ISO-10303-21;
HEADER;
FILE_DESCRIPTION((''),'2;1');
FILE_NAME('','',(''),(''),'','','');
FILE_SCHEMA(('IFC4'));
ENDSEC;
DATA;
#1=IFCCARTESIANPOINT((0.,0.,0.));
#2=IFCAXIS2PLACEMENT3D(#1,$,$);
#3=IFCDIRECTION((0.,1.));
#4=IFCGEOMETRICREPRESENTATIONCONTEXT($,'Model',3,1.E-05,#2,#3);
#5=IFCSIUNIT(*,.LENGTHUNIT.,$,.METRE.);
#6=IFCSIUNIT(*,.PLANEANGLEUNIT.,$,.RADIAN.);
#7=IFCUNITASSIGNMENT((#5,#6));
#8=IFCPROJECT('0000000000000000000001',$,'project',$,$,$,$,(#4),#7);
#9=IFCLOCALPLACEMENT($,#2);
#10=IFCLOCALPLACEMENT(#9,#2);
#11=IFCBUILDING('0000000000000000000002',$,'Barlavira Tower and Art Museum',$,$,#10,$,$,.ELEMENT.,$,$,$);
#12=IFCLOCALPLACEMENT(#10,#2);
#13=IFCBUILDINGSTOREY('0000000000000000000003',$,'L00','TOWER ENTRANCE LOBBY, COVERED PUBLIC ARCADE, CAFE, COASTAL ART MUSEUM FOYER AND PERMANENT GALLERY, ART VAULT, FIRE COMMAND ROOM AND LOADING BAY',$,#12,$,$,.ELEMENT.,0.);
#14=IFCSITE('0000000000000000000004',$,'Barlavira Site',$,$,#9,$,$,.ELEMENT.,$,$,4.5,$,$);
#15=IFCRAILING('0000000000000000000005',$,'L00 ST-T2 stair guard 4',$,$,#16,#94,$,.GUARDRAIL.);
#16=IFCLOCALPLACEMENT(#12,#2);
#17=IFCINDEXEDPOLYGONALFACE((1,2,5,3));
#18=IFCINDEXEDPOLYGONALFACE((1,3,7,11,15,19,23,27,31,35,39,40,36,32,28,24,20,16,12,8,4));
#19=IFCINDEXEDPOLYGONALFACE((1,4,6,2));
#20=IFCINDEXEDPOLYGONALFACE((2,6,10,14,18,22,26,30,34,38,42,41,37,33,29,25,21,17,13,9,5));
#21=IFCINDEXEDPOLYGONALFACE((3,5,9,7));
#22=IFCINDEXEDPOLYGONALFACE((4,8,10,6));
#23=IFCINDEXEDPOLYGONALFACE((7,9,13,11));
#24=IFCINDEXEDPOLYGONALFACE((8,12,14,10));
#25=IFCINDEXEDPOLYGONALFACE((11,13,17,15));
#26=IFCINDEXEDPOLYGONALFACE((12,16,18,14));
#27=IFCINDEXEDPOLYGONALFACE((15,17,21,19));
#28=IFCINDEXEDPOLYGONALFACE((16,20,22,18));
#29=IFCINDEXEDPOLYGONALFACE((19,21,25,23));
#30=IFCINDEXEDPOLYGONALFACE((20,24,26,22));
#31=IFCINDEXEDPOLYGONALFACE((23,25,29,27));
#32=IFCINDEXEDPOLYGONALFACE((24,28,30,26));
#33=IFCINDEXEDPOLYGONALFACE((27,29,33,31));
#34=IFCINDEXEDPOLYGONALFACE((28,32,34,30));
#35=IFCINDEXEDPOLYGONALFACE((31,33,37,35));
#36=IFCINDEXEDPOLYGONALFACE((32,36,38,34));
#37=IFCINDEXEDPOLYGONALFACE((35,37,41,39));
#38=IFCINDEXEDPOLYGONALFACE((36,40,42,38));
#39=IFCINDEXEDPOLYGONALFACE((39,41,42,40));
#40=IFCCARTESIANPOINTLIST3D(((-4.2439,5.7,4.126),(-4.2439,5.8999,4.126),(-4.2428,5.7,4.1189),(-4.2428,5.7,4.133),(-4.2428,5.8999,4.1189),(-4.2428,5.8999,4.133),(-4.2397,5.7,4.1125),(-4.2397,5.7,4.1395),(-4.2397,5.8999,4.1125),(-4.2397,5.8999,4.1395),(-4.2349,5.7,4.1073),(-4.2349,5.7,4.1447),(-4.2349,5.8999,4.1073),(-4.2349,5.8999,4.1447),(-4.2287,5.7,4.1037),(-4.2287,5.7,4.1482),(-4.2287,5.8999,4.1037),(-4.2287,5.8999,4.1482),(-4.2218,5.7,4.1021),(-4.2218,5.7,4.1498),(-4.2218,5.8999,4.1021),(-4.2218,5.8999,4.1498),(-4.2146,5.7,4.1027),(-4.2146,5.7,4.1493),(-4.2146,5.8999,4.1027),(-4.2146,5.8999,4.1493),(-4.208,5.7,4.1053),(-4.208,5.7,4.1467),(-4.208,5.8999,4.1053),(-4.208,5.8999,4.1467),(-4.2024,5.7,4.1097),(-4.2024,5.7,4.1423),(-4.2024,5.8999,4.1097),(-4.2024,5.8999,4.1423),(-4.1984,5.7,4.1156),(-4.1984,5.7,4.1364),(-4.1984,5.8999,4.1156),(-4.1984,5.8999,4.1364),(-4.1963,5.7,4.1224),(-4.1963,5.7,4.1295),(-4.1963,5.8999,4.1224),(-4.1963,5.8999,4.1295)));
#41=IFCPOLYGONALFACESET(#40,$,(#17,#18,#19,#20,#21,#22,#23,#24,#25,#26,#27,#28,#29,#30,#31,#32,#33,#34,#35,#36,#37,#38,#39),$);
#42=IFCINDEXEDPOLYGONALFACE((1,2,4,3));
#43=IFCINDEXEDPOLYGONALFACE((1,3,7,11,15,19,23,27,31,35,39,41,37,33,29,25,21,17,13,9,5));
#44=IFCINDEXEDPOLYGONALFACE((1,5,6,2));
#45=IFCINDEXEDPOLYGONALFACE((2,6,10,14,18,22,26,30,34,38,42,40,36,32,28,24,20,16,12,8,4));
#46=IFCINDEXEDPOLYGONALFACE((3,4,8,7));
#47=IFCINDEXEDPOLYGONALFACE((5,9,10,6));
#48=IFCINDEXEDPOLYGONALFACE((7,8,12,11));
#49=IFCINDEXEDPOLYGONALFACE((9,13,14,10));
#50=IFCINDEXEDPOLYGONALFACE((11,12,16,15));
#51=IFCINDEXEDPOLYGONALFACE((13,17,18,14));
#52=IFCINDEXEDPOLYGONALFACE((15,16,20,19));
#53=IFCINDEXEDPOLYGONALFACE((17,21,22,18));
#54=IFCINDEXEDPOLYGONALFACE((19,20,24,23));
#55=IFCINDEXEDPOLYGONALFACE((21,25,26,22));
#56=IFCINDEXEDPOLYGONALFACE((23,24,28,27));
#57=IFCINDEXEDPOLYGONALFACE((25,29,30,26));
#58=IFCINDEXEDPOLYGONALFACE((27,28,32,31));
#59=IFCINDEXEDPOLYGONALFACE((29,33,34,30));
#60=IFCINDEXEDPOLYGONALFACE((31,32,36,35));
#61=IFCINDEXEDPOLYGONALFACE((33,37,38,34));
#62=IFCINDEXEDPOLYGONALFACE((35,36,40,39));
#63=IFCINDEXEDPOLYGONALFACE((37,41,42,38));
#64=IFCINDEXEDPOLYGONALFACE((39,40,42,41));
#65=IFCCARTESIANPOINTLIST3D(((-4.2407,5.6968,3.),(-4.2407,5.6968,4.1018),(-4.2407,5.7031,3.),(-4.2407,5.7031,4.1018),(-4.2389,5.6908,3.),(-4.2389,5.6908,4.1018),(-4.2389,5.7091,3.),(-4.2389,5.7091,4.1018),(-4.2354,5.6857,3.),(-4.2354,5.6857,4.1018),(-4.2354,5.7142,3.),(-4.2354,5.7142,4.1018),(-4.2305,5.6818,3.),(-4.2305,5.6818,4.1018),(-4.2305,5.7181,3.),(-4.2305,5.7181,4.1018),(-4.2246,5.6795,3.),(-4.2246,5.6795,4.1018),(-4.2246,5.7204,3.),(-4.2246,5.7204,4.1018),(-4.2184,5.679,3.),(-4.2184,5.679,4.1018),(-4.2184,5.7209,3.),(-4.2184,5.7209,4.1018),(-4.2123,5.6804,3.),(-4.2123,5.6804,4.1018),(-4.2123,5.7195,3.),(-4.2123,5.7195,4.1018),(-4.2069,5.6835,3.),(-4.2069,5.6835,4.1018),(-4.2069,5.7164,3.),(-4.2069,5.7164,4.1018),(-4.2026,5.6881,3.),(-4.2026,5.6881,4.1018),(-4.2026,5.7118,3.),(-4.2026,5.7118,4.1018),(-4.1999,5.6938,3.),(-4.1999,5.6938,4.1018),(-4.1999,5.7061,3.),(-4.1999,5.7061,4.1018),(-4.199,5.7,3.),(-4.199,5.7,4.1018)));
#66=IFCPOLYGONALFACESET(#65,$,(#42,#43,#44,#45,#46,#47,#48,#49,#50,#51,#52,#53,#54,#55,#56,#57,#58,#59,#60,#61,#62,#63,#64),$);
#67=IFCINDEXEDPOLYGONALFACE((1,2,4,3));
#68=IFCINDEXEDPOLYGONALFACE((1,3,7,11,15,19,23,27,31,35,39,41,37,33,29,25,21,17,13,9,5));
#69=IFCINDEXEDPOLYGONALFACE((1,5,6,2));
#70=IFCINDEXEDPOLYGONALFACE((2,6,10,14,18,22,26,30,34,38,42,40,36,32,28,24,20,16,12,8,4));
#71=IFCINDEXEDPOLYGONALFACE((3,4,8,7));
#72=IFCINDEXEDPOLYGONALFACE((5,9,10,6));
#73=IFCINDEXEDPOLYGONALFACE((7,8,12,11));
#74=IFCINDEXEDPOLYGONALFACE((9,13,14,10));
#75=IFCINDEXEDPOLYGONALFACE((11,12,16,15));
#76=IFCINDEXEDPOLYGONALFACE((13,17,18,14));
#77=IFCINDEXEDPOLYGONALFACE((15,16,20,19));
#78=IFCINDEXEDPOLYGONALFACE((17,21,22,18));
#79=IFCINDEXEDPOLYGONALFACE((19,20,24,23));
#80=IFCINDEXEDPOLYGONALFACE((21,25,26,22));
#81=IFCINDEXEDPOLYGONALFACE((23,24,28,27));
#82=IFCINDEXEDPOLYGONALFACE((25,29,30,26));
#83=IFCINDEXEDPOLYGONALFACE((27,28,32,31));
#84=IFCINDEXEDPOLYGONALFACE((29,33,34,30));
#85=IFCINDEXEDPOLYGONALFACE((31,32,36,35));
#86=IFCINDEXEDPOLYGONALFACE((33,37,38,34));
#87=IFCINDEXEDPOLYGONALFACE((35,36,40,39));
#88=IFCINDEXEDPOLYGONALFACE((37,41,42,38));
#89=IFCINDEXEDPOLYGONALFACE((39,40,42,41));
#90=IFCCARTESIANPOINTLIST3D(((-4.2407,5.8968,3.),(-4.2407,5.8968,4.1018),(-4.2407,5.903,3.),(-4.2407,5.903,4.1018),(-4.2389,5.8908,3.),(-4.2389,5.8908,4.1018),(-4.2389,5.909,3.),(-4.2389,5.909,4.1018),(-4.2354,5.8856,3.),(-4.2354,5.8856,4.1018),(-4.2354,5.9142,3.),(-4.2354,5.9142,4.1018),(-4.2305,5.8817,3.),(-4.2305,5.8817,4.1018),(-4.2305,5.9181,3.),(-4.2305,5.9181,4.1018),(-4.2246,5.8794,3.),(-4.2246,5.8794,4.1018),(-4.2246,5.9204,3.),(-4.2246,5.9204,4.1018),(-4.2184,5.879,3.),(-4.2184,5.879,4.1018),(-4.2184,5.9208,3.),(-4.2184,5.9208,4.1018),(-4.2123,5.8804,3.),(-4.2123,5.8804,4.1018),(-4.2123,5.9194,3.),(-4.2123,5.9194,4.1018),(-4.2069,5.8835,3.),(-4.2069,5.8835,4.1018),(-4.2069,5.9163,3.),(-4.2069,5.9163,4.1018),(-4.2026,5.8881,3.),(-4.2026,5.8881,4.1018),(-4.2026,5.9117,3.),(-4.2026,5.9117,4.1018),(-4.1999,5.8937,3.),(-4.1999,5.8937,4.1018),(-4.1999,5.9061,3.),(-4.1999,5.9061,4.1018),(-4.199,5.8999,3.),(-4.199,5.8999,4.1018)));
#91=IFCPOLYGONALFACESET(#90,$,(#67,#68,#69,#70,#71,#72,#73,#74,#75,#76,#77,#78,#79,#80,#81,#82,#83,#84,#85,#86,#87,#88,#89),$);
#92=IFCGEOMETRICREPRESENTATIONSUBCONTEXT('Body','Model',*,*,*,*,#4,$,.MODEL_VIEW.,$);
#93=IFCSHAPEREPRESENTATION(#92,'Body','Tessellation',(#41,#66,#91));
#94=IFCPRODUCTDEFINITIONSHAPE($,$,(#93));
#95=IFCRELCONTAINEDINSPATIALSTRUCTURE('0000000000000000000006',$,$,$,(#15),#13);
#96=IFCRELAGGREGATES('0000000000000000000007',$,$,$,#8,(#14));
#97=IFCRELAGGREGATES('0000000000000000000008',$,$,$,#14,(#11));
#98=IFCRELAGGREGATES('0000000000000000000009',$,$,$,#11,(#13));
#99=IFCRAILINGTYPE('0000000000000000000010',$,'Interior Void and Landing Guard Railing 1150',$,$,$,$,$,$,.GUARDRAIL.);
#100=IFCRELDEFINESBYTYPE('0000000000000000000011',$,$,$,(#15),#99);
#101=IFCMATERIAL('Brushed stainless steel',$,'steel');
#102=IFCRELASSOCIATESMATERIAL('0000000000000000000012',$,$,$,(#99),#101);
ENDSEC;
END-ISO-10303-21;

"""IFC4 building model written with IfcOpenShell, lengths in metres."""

from ifc_helpers import new_model, si_unit, direction, frame, origin, origin_2d, place, context, subcontext, project, spatial, circle, extrude, material, type_object, element, save


model = new_model("IFC4")

# Units and contexts
model_context = context("Model", 3, precision=1e-05, world=origin(), true_north=direction((0.0, 1.0)))
body_context = subcontext(model_context, "Body", "Model", "MODEL_VIEW")
ifc_project = project(units=[si_unit("LENGTHUNIT", "METRE"), si_unit("PLANEANGLEUNIT", "RADIAN")], contexts=[model_context])

# Site, building, storey
site_placement = place(None, origin())
site = spatial("IfcSite", under=ifc_project, at=site_placement, Name="Barlavira Site", CompositionType="ELEMENT", RefElevation=4.5)
building_placement = place(site_placement, origin())
building = spatial("IfcBuilding", under=site, at=building_placement, Name="Barlavira Tower and Art Museum", CompositionType="ELEMENT")
storey_placement = place(building_placement, origin())
storey = spatial("IfcBuildingStorey", under=building, at=storey_placement, Name="L00", Description="TOWER ENTRANCE LOBBY, COVERED PUBLIC ARCADE, CAFE, COASTAL ART MUSEUM FOYER AND PERMANENT GALLERY, ART VAULT, FIRE COMMAND ROOM AND LOADING BAY", CompositionType="ELEMENT", Elevation=0.0)

# Shared definitions
ifc_material_1 = material(Name="Brushed stainless steel", Category="steel")

# Railing
railing_type_1 = type_object("IfcRailingType", Name="Interior Void and Landing Guard Railing 1150", PredefinedType="GUARDRAIL", material=ifc_material_1)
railing_1_placement = place(storey_placement, frame((-4.22, 5.7, 3.0)))
element("IfcRailing", 1, at=railing_1_placement, inside=storey, type_object=railing_type_1, Name="L00 ST-T2 stair guard 4", PredefinedType="GUARDRAIL", context=body_context, shape_type="SweptSolid", body=[
    extrude(circle(Radius=0.0239, at=origin_2d()), frame((0.0, 0.0, 1.126), z_axis=(0.0, 1.0, 0.0), x_axis=(-1.0, 0.0, 0.0)), (0.0, 0.0, 1.0), 0.2),
    extrude(circle(Radius=0.021, at=origin_2d()), origin(), (0.0, 0.0, 1.0), 1.1018),
    extrude(circle(Radius=0.021, at=origin_2d()), frame((0.0, 0.2, 0.0)), (0.0, 0.0, 1.0), 1.1018),
])

save(model, "model.ifc")
